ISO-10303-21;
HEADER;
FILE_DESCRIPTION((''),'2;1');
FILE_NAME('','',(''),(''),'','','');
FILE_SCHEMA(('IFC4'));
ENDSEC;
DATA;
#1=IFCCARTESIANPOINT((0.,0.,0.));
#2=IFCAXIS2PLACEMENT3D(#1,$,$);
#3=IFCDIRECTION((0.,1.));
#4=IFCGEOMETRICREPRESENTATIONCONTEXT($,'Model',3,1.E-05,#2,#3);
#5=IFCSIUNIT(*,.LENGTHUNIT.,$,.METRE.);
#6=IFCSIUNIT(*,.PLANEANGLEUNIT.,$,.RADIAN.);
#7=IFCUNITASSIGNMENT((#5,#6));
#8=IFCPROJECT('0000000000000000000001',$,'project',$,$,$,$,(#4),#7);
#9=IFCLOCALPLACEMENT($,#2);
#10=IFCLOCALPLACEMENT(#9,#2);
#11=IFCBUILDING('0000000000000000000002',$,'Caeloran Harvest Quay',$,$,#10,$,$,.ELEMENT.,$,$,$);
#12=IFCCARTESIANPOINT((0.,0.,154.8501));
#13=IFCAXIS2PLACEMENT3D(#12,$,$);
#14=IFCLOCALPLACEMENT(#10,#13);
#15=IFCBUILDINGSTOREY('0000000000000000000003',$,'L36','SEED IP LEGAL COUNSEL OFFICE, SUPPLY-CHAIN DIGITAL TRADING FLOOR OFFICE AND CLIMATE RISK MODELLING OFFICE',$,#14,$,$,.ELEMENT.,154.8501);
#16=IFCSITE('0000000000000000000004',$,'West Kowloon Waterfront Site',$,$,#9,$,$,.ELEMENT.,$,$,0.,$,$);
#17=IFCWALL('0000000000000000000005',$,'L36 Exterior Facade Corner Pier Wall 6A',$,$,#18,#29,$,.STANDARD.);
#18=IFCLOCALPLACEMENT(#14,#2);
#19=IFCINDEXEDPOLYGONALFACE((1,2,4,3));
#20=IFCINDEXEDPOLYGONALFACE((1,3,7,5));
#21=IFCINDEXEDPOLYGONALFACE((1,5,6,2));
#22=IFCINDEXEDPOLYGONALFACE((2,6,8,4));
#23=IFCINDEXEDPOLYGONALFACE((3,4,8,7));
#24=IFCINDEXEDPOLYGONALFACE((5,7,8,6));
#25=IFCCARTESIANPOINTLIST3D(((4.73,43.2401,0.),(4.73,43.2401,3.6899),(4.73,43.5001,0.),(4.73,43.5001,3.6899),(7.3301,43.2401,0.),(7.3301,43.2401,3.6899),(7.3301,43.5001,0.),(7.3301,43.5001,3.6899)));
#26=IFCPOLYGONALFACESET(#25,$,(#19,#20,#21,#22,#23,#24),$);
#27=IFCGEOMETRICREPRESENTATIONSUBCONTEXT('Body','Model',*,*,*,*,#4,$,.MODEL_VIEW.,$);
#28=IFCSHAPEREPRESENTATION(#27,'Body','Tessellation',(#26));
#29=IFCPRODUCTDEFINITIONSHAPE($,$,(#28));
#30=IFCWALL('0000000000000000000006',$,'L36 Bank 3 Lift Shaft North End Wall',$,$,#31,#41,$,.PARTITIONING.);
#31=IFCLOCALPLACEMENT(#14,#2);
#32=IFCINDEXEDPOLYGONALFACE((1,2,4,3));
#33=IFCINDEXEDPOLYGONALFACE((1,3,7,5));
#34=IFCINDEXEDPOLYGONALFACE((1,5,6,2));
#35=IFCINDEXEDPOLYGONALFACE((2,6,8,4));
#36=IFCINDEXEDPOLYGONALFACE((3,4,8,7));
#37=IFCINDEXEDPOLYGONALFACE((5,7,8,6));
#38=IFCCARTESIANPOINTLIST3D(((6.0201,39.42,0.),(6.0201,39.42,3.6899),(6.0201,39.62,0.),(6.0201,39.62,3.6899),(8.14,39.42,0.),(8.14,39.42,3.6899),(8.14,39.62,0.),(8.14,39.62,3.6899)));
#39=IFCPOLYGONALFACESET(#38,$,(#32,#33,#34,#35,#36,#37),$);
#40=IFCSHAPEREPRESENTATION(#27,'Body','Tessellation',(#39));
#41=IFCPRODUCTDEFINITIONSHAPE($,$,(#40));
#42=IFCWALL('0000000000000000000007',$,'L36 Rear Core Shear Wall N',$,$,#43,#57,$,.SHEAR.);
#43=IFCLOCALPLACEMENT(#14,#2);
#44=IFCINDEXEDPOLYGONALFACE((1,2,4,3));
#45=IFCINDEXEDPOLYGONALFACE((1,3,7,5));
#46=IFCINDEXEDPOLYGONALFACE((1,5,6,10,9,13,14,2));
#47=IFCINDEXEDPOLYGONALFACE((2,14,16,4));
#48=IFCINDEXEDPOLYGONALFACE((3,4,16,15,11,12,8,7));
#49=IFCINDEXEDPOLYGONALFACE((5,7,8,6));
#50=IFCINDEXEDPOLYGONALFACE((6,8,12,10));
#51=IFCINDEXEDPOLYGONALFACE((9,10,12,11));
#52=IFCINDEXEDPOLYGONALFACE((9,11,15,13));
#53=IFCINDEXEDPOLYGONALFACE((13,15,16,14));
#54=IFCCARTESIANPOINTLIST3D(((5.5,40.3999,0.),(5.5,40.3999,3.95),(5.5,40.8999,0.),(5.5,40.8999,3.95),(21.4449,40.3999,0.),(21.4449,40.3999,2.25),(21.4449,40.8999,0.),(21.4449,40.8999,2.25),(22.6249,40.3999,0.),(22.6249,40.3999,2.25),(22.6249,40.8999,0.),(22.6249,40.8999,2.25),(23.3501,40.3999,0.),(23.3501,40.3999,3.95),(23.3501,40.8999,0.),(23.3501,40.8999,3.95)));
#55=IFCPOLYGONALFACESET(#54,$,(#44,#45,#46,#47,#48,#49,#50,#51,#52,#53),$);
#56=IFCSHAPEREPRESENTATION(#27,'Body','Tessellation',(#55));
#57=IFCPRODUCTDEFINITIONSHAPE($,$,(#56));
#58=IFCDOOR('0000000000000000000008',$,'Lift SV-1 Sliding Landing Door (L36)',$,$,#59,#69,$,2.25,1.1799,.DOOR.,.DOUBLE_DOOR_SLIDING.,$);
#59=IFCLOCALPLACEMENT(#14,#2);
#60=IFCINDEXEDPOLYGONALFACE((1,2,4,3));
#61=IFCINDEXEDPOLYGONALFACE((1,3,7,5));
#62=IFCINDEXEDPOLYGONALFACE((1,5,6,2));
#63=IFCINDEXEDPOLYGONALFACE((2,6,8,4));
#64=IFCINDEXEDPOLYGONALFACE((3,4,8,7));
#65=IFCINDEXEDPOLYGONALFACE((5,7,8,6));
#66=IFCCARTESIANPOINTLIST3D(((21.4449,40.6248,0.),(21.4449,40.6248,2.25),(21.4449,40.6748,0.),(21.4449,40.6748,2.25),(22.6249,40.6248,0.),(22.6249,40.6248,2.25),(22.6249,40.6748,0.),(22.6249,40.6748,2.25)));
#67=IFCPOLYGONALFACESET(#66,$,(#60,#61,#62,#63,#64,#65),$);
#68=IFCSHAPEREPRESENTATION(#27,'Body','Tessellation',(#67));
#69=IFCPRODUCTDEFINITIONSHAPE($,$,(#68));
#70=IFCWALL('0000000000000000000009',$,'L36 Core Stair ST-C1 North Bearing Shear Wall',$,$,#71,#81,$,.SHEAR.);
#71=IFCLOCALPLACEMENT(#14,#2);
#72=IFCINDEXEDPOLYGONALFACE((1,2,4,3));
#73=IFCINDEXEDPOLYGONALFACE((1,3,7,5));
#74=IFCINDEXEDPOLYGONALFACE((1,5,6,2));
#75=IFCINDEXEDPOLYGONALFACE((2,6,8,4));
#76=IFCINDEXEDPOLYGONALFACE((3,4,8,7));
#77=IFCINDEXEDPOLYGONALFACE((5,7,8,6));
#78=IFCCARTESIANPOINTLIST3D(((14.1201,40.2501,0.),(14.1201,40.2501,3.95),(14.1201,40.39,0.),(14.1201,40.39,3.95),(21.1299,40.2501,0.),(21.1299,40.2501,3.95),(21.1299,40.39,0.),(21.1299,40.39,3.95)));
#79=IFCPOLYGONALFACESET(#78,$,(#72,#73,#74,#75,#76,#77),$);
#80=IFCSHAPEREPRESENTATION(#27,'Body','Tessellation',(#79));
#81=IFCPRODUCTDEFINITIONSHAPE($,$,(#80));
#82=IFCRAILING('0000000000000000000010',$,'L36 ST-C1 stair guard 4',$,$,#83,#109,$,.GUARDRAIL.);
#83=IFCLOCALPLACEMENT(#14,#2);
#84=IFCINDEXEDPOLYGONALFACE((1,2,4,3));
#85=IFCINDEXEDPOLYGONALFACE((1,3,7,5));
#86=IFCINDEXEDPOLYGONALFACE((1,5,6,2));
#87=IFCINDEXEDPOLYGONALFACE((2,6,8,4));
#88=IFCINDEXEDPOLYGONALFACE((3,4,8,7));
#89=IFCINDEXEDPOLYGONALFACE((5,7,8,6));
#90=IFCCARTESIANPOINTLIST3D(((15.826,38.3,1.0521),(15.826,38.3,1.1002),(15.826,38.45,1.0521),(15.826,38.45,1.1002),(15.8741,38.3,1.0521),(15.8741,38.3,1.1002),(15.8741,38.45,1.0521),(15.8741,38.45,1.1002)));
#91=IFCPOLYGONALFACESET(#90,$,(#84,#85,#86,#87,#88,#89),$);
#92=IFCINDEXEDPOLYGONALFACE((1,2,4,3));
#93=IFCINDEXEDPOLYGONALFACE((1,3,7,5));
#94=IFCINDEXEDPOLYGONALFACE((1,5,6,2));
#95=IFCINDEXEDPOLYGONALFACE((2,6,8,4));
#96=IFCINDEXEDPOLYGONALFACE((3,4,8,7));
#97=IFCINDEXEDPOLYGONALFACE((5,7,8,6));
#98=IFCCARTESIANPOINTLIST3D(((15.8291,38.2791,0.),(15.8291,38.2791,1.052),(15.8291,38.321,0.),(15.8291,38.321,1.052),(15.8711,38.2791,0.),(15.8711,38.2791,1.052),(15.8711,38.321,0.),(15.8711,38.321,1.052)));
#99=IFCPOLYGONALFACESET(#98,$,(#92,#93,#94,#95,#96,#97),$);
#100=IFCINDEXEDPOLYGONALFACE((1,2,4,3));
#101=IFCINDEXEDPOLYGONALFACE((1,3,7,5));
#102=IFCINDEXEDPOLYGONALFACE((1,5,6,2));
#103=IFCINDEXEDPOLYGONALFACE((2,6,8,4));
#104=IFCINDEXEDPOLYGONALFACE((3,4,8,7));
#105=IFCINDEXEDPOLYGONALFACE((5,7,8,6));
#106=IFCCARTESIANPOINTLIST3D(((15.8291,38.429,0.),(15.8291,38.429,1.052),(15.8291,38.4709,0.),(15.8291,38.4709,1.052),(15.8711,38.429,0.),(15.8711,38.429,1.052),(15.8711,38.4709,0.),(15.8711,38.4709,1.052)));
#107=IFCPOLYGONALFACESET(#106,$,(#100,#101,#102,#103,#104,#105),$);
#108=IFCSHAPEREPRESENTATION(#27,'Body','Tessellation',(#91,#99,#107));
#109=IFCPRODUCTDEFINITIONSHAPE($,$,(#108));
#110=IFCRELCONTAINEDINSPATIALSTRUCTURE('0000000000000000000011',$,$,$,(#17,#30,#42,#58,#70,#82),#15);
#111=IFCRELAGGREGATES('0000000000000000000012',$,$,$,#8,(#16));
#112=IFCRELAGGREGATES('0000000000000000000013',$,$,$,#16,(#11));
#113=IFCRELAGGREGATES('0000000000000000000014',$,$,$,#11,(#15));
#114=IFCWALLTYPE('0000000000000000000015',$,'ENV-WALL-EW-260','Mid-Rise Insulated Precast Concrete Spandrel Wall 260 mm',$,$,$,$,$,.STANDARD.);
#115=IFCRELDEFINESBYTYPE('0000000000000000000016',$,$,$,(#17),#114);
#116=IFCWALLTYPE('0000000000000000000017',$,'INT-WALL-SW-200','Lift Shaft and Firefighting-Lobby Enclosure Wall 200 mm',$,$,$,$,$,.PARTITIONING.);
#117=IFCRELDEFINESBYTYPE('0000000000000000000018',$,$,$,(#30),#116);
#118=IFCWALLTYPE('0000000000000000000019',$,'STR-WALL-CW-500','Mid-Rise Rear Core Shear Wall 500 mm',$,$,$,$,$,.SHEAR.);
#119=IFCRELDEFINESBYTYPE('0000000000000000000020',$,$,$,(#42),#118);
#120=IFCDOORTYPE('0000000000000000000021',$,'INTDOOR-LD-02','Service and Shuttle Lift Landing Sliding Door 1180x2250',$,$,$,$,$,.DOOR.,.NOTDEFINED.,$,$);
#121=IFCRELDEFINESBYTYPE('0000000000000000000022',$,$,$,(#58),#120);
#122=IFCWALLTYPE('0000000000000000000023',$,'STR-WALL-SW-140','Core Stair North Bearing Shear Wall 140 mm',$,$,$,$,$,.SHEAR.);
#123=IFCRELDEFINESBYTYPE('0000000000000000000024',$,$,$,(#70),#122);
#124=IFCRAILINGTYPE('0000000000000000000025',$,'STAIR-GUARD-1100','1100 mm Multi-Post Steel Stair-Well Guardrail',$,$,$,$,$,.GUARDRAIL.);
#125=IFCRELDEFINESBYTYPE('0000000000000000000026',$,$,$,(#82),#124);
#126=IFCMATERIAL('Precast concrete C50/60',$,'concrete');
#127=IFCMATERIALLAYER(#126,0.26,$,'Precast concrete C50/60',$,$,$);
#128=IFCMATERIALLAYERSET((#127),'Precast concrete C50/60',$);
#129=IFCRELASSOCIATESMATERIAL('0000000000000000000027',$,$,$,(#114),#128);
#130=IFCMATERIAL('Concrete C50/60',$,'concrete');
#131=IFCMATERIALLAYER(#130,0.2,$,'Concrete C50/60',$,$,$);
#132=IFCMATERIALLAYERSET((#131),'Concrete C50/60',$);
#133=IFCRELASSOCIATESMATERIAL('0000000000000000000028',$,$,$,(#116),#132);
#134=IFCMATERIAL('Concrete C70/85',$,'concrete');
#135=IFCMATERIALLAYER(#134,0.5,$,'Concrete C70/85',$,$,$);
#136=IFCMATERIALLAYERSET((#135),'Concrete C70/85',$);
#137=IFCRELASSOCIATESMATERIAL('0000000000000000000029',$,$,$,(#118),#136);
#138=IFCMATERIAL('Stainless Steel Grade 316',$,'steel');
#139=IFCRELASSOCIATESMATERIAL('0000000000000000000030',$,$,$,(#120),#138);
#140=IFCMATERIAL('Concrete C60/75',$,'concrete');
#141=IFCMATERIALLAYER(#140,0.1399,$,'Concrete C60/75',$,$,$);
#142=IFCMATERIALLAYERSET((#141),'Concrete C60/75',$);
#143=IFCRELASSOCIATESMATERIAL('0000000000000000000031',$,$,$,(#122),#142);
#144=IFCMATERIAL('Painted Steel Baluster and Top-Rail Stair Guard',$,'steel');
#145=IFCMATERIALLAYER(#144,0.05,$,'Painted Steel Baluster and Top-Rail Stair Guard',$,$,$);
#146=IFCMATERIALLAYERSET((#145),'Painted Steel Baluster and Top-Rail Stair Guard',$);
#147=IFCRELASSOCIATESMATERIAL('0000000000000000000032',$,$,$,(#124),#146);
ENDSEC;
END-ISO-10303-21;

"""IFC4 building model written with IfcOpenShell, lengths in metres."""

from ifc_helpers import new_model, si_unit, direction, frame, frame_2d, origin, origin_2d, place, context, subcontext, project, spatial, rectangle, extrude, material, layer, layer_set, type_object, element, fill, save


model = new_model("IFC4")

# Units and contexts
model_context = context("Model", 3, precision=1e-05, world=origin(), true_north=direction((0.0, 1.0)))
body_context = subcontext(model_context, "Body", "Model", "MODEL_VIEW")
ifc_project = project(units=[si_unit("LENGTHUNIT", "METRE"), si_unit("PLANEANGLEUNIT", "RADIAN")], contexts=[model_context])

# Site, building, storey
site_placement = place(None, origin())
site = spatial("IfcSite", under=ifc_project, at=site_placement, Name="West Kowloon Waterfront Site", CompositionType="ELEMENT", RefElevation=0.0)
building_placement = place(site_placement, origin())
building = spatial("IfcBuilding", under=site, at=building_placement, Name="Caeloran Harvest Quay", CompositionType="ELEMENT")
storey_placement = place(building_placement, frame((0.0, 0.0, 154.8501)))
storey = spatial("IfcBuildingStorey", under=building, at=storey_placement, Name="L36", Description="SEED IP LEGAL COUNSEL OFFICE, SUPPLY-CHAIN DIGITAL TRADING FLOOR OFFICE AND CLIMATE RISK MODELLING OFFICE", CompositionType="ELEMENT", Elevation=154.8501)

# Walls
ifc_material_1 = material(Name="Precast concrete C50/60", Category="concrete")
ifc_layer_1 = layer(ifc_material_1, 0.26, Name="Precast concrete C50/60")
ifc_layer_set_1 = layer_set([ifc_layer_1], Name="Precast concrete C50/60")
wall_type_1 = type_object("IfcWallType", Name="ENV-WALL-EW-260", Description="Mid-Rise Insulated Precast Concrete Spandrel Wall 260 mm", PredefinedType="STANDARD", material=ifc_layer_set_1)
wall_1_placement = place(storey_placement, frame((4.73, 43.3701, 0.0), z_axis=(0.0, 0.0, 1.0), x_axis=(1.0, 0.0, 0.0)))
element("IfcWall", 1, at=wall_1_placement, inside=storey, type_object=wall_type_1, Name="L36 Exterior Facade Corner Pier Wall 6A", PredefinedType="STANDARD", context=body_context, shape_type="SweptSolid", body=[
    extrude(rectangle(XDim=2.6001, YDim=0.26, at=frame_2d((1.3, 0.0))), origin(), (0.0, 0.0, 1.0), 3.6899),
])
ifc_material_2 = material(Name="Concrete C50/60", Category="concrete")
ifc_layer_2 = layer(ifc_material_2, 0.2, Name="Concrete C50/60")
ifc_layer_set_2 = layer_set([ifc_layer_2], Name="Concrete C50/60")
wall_type_2 = type_object("IfcWallType", Name="INT-WALL-SW-200", Description="Lift Shaft and Firefighting-Lobby Enclosure Wall 200 mm", PredefinedType="PARTITIONING", material=ifc_layer_set_2)
wall_2_placement = place(storey_placement, frame((6.02, 39.52, 0.0), z_axis=(0.0, 0.0, 1.0), x_axis=(1.0, 0.0, 0.0)))
element("IfcWall", 2, at=wall_2_placement, inside=storey, type_object=wall_type_2, Name="L36 Bank 3 Lift Shaft North End Wall", PredefinedType="PARTITIONING", context=body_context, shape_type="SweptSolid", body=[
    extrude(rectangle(XDim=2.1199, YDim=0.2, at=frame_2d((1.0601, 0.0))), origin(), (0.0, 0.0, 1.0), 3.6899),
])

# Wall, opening, door
ifc_material_3 = material(Name="Concrete C70/85", Category="concrete")
ifc_layer_3 = layer(ifc_material_3, 0.5, Name="Concrete C70/85")
ifc_layer_set_3 = layer_set([ifc_layer_3], Name="Concrete C70/85")
wall_type_3 = type_object("IfcWallType", Name="STR-WALL-CW-500", Description="Mid-Rise Rear Core Shear Wall 500 mm", PredefinedType="SHEAR", material=ifc_layer_set_3)
wall_3_placement = place(storey_placement, frame((5.5, 40.6499, 0.0), z_axis=(0.0, 0.0, 1.0), x_axis=(1.0, 0.0, 0.0)))
wall_3 = element("IfcWall", 3, at=wall_3_placement, inside=storey, type_object=wall_type_3, Name="L36 Rear Core Shear Wall N", PredefinedType="SHEAR", context=body_context, shape_type="SweptSolid", body=[
    extrude(rectangle(XDim=17.8501, YDim=0.5, at=frame_2d((8.925, 0.0))), origin(), (0.0, 0.0, 1.0), 3.95),
])
opening_placement = place(wall_3_placement, frame((15.9451, 0.0, 0.0)))
opening = element("IfcOpeningElement", 4, at=opening_placement, cuts=wall_3, PredefinedType="OPENING", context=body_context, shape_type="SweptSolid", body=[
    extrude(rectangle(XDim=1.1799, YDim=2.25, at=frame_2d((0.5898, 1.125))), frame((0.0, 0.26, 0.0), z_axis=(0.0, -1.0, 0.0), x_axis=(1.0, 0.0, 0.0)), (0.0, 0.0, 1.0), 0.52),
])
ifc_material_4 = material(Name="Stainless Steel Grade 316", Category="steel")
door_type = type_object("IfcDoorType", Name="INTDOOR-LD-02", Description="Service and Shuttle Lift Landing Sliding Door 1180x2250", OperationType="NOTDEFINED", PredefinedType="DOOR", material=ifc_material_4)
door_placement = place(opening_placement, origin())
door = element("IfcDoor", 5, at=door_placement, inside=storey, type_object=door_type, Name="Lift SV-1 Sliding Landing Door (L36)", OperationType="DOUBLE_DOOR_SLIDING", OverallHeight=2.25, OverallWidth=1.1799, PredefinedType="DOOR", context=body_context, shape_type="SweptSolid", body=[
    extrude(rectangle(XDim=1.1799, YDim=2.25, at=frame_2d((0.5898, 1.125))), frame((0.0, 0.0249, 0.0), z_axis=(0.0, -1.0, 0.0), x_axis=(1.0, 0.0, 0.0)), (0.0, 0.0, 1.0), 0.05),
])
fill(opening, door)

# Wall
ifc_material_5 = material(Name="Concrete C60/75", Category="concrete")
ifc_layer_4 = layer(ifc_material_5, 0.1399, Name="Concrete C60/75")
ifc_layer_set_4 = layer_set([ifc_layer_4], Name="Concrete C60/75")
wall_type_4 = type_object("IfcWallType", Name="STR-WALL-SW-140", Description="Core Stair North Bearing Shear Wall 140 mm", PredefinedType="SHEAR", material=ifc_layer_set_4)
wall_4_placement = place(storey_placement, frame((14.1201, 40.3201, 0.0), z_axis=(0.0, 0.0, 1.0), x_axis=(1.0, 0.0, 0.0)))
element("IfcWall", 6, at=wall_4_placement, inside=storey, type_object=wall_type_4, Name="L36 Core Stair ST-C1 North Bearing Shear Wall", PredefinedType="SHEAR", context=body_context, shape_type="SweptSolid", body=[
    extrude(rectangle(XDim=7.0098, YDim=0.1399, at=frame_2d((3.5049, 0.0))), origin(), (0.0, 0.0, 1.0), 3.95),
])

# Railing
ifc_material_6 = material(Name="Painted Steel Baluster and Top-Rail Stair Guard", Category="steel")
ifc_layer_5 = layer(ifc_material_6, 0.05, Name="Painted Steel Baluster and Top-Rail Stair Guard")
ifc_layer_set_5 = layer_set([ifc_layer_5], Name="Painted Steel Baluster and Top-Rail Stair Guard")
railing_type = type_object("IfcRailingType", Name="STAIR-GUARD-1100", Description="1100 mm Multi-Post Steel Stair-Well Guardrail", PredefinedType="GUARDRAIL", material=ifc_layer_set_5)
railing_placement = place(storey_placement, frame((15.8501, 38.3, 0.0)))
element("IfcRailing", 7, at=railing_placement, inside=storey, type_object=railing_type, Name="L36 ST-C1 stair guard 4", PredefinedType="GUARDRAIL", context=body_context, shape_type="SweptSolid", body=[
    extrude(rectangle(XDim=0.0481, YDim=0.0481, at=origin_2d()), frame((0.0, 0.0, 1.0762), z_axis=(0.0, 1.0, 0.0), x_axis=(-1.0, 0.0, 0.0)), (0.0, 0.0, 1.0), 0.1499),
    extrude(rectangle(XDim=0.042, YDim=0.042, at=origin_2d()), origin(), (0.0, 0.0, 1.0), 1.052),
    extrude(rectangle(XDim=0.042, YDim=0.042, at=origin_2d()), frame((0.0, 0.1499, 0.0)), (0.0, 0.0, 1.0), 1.052),
])

save(model, "model.ifc")
